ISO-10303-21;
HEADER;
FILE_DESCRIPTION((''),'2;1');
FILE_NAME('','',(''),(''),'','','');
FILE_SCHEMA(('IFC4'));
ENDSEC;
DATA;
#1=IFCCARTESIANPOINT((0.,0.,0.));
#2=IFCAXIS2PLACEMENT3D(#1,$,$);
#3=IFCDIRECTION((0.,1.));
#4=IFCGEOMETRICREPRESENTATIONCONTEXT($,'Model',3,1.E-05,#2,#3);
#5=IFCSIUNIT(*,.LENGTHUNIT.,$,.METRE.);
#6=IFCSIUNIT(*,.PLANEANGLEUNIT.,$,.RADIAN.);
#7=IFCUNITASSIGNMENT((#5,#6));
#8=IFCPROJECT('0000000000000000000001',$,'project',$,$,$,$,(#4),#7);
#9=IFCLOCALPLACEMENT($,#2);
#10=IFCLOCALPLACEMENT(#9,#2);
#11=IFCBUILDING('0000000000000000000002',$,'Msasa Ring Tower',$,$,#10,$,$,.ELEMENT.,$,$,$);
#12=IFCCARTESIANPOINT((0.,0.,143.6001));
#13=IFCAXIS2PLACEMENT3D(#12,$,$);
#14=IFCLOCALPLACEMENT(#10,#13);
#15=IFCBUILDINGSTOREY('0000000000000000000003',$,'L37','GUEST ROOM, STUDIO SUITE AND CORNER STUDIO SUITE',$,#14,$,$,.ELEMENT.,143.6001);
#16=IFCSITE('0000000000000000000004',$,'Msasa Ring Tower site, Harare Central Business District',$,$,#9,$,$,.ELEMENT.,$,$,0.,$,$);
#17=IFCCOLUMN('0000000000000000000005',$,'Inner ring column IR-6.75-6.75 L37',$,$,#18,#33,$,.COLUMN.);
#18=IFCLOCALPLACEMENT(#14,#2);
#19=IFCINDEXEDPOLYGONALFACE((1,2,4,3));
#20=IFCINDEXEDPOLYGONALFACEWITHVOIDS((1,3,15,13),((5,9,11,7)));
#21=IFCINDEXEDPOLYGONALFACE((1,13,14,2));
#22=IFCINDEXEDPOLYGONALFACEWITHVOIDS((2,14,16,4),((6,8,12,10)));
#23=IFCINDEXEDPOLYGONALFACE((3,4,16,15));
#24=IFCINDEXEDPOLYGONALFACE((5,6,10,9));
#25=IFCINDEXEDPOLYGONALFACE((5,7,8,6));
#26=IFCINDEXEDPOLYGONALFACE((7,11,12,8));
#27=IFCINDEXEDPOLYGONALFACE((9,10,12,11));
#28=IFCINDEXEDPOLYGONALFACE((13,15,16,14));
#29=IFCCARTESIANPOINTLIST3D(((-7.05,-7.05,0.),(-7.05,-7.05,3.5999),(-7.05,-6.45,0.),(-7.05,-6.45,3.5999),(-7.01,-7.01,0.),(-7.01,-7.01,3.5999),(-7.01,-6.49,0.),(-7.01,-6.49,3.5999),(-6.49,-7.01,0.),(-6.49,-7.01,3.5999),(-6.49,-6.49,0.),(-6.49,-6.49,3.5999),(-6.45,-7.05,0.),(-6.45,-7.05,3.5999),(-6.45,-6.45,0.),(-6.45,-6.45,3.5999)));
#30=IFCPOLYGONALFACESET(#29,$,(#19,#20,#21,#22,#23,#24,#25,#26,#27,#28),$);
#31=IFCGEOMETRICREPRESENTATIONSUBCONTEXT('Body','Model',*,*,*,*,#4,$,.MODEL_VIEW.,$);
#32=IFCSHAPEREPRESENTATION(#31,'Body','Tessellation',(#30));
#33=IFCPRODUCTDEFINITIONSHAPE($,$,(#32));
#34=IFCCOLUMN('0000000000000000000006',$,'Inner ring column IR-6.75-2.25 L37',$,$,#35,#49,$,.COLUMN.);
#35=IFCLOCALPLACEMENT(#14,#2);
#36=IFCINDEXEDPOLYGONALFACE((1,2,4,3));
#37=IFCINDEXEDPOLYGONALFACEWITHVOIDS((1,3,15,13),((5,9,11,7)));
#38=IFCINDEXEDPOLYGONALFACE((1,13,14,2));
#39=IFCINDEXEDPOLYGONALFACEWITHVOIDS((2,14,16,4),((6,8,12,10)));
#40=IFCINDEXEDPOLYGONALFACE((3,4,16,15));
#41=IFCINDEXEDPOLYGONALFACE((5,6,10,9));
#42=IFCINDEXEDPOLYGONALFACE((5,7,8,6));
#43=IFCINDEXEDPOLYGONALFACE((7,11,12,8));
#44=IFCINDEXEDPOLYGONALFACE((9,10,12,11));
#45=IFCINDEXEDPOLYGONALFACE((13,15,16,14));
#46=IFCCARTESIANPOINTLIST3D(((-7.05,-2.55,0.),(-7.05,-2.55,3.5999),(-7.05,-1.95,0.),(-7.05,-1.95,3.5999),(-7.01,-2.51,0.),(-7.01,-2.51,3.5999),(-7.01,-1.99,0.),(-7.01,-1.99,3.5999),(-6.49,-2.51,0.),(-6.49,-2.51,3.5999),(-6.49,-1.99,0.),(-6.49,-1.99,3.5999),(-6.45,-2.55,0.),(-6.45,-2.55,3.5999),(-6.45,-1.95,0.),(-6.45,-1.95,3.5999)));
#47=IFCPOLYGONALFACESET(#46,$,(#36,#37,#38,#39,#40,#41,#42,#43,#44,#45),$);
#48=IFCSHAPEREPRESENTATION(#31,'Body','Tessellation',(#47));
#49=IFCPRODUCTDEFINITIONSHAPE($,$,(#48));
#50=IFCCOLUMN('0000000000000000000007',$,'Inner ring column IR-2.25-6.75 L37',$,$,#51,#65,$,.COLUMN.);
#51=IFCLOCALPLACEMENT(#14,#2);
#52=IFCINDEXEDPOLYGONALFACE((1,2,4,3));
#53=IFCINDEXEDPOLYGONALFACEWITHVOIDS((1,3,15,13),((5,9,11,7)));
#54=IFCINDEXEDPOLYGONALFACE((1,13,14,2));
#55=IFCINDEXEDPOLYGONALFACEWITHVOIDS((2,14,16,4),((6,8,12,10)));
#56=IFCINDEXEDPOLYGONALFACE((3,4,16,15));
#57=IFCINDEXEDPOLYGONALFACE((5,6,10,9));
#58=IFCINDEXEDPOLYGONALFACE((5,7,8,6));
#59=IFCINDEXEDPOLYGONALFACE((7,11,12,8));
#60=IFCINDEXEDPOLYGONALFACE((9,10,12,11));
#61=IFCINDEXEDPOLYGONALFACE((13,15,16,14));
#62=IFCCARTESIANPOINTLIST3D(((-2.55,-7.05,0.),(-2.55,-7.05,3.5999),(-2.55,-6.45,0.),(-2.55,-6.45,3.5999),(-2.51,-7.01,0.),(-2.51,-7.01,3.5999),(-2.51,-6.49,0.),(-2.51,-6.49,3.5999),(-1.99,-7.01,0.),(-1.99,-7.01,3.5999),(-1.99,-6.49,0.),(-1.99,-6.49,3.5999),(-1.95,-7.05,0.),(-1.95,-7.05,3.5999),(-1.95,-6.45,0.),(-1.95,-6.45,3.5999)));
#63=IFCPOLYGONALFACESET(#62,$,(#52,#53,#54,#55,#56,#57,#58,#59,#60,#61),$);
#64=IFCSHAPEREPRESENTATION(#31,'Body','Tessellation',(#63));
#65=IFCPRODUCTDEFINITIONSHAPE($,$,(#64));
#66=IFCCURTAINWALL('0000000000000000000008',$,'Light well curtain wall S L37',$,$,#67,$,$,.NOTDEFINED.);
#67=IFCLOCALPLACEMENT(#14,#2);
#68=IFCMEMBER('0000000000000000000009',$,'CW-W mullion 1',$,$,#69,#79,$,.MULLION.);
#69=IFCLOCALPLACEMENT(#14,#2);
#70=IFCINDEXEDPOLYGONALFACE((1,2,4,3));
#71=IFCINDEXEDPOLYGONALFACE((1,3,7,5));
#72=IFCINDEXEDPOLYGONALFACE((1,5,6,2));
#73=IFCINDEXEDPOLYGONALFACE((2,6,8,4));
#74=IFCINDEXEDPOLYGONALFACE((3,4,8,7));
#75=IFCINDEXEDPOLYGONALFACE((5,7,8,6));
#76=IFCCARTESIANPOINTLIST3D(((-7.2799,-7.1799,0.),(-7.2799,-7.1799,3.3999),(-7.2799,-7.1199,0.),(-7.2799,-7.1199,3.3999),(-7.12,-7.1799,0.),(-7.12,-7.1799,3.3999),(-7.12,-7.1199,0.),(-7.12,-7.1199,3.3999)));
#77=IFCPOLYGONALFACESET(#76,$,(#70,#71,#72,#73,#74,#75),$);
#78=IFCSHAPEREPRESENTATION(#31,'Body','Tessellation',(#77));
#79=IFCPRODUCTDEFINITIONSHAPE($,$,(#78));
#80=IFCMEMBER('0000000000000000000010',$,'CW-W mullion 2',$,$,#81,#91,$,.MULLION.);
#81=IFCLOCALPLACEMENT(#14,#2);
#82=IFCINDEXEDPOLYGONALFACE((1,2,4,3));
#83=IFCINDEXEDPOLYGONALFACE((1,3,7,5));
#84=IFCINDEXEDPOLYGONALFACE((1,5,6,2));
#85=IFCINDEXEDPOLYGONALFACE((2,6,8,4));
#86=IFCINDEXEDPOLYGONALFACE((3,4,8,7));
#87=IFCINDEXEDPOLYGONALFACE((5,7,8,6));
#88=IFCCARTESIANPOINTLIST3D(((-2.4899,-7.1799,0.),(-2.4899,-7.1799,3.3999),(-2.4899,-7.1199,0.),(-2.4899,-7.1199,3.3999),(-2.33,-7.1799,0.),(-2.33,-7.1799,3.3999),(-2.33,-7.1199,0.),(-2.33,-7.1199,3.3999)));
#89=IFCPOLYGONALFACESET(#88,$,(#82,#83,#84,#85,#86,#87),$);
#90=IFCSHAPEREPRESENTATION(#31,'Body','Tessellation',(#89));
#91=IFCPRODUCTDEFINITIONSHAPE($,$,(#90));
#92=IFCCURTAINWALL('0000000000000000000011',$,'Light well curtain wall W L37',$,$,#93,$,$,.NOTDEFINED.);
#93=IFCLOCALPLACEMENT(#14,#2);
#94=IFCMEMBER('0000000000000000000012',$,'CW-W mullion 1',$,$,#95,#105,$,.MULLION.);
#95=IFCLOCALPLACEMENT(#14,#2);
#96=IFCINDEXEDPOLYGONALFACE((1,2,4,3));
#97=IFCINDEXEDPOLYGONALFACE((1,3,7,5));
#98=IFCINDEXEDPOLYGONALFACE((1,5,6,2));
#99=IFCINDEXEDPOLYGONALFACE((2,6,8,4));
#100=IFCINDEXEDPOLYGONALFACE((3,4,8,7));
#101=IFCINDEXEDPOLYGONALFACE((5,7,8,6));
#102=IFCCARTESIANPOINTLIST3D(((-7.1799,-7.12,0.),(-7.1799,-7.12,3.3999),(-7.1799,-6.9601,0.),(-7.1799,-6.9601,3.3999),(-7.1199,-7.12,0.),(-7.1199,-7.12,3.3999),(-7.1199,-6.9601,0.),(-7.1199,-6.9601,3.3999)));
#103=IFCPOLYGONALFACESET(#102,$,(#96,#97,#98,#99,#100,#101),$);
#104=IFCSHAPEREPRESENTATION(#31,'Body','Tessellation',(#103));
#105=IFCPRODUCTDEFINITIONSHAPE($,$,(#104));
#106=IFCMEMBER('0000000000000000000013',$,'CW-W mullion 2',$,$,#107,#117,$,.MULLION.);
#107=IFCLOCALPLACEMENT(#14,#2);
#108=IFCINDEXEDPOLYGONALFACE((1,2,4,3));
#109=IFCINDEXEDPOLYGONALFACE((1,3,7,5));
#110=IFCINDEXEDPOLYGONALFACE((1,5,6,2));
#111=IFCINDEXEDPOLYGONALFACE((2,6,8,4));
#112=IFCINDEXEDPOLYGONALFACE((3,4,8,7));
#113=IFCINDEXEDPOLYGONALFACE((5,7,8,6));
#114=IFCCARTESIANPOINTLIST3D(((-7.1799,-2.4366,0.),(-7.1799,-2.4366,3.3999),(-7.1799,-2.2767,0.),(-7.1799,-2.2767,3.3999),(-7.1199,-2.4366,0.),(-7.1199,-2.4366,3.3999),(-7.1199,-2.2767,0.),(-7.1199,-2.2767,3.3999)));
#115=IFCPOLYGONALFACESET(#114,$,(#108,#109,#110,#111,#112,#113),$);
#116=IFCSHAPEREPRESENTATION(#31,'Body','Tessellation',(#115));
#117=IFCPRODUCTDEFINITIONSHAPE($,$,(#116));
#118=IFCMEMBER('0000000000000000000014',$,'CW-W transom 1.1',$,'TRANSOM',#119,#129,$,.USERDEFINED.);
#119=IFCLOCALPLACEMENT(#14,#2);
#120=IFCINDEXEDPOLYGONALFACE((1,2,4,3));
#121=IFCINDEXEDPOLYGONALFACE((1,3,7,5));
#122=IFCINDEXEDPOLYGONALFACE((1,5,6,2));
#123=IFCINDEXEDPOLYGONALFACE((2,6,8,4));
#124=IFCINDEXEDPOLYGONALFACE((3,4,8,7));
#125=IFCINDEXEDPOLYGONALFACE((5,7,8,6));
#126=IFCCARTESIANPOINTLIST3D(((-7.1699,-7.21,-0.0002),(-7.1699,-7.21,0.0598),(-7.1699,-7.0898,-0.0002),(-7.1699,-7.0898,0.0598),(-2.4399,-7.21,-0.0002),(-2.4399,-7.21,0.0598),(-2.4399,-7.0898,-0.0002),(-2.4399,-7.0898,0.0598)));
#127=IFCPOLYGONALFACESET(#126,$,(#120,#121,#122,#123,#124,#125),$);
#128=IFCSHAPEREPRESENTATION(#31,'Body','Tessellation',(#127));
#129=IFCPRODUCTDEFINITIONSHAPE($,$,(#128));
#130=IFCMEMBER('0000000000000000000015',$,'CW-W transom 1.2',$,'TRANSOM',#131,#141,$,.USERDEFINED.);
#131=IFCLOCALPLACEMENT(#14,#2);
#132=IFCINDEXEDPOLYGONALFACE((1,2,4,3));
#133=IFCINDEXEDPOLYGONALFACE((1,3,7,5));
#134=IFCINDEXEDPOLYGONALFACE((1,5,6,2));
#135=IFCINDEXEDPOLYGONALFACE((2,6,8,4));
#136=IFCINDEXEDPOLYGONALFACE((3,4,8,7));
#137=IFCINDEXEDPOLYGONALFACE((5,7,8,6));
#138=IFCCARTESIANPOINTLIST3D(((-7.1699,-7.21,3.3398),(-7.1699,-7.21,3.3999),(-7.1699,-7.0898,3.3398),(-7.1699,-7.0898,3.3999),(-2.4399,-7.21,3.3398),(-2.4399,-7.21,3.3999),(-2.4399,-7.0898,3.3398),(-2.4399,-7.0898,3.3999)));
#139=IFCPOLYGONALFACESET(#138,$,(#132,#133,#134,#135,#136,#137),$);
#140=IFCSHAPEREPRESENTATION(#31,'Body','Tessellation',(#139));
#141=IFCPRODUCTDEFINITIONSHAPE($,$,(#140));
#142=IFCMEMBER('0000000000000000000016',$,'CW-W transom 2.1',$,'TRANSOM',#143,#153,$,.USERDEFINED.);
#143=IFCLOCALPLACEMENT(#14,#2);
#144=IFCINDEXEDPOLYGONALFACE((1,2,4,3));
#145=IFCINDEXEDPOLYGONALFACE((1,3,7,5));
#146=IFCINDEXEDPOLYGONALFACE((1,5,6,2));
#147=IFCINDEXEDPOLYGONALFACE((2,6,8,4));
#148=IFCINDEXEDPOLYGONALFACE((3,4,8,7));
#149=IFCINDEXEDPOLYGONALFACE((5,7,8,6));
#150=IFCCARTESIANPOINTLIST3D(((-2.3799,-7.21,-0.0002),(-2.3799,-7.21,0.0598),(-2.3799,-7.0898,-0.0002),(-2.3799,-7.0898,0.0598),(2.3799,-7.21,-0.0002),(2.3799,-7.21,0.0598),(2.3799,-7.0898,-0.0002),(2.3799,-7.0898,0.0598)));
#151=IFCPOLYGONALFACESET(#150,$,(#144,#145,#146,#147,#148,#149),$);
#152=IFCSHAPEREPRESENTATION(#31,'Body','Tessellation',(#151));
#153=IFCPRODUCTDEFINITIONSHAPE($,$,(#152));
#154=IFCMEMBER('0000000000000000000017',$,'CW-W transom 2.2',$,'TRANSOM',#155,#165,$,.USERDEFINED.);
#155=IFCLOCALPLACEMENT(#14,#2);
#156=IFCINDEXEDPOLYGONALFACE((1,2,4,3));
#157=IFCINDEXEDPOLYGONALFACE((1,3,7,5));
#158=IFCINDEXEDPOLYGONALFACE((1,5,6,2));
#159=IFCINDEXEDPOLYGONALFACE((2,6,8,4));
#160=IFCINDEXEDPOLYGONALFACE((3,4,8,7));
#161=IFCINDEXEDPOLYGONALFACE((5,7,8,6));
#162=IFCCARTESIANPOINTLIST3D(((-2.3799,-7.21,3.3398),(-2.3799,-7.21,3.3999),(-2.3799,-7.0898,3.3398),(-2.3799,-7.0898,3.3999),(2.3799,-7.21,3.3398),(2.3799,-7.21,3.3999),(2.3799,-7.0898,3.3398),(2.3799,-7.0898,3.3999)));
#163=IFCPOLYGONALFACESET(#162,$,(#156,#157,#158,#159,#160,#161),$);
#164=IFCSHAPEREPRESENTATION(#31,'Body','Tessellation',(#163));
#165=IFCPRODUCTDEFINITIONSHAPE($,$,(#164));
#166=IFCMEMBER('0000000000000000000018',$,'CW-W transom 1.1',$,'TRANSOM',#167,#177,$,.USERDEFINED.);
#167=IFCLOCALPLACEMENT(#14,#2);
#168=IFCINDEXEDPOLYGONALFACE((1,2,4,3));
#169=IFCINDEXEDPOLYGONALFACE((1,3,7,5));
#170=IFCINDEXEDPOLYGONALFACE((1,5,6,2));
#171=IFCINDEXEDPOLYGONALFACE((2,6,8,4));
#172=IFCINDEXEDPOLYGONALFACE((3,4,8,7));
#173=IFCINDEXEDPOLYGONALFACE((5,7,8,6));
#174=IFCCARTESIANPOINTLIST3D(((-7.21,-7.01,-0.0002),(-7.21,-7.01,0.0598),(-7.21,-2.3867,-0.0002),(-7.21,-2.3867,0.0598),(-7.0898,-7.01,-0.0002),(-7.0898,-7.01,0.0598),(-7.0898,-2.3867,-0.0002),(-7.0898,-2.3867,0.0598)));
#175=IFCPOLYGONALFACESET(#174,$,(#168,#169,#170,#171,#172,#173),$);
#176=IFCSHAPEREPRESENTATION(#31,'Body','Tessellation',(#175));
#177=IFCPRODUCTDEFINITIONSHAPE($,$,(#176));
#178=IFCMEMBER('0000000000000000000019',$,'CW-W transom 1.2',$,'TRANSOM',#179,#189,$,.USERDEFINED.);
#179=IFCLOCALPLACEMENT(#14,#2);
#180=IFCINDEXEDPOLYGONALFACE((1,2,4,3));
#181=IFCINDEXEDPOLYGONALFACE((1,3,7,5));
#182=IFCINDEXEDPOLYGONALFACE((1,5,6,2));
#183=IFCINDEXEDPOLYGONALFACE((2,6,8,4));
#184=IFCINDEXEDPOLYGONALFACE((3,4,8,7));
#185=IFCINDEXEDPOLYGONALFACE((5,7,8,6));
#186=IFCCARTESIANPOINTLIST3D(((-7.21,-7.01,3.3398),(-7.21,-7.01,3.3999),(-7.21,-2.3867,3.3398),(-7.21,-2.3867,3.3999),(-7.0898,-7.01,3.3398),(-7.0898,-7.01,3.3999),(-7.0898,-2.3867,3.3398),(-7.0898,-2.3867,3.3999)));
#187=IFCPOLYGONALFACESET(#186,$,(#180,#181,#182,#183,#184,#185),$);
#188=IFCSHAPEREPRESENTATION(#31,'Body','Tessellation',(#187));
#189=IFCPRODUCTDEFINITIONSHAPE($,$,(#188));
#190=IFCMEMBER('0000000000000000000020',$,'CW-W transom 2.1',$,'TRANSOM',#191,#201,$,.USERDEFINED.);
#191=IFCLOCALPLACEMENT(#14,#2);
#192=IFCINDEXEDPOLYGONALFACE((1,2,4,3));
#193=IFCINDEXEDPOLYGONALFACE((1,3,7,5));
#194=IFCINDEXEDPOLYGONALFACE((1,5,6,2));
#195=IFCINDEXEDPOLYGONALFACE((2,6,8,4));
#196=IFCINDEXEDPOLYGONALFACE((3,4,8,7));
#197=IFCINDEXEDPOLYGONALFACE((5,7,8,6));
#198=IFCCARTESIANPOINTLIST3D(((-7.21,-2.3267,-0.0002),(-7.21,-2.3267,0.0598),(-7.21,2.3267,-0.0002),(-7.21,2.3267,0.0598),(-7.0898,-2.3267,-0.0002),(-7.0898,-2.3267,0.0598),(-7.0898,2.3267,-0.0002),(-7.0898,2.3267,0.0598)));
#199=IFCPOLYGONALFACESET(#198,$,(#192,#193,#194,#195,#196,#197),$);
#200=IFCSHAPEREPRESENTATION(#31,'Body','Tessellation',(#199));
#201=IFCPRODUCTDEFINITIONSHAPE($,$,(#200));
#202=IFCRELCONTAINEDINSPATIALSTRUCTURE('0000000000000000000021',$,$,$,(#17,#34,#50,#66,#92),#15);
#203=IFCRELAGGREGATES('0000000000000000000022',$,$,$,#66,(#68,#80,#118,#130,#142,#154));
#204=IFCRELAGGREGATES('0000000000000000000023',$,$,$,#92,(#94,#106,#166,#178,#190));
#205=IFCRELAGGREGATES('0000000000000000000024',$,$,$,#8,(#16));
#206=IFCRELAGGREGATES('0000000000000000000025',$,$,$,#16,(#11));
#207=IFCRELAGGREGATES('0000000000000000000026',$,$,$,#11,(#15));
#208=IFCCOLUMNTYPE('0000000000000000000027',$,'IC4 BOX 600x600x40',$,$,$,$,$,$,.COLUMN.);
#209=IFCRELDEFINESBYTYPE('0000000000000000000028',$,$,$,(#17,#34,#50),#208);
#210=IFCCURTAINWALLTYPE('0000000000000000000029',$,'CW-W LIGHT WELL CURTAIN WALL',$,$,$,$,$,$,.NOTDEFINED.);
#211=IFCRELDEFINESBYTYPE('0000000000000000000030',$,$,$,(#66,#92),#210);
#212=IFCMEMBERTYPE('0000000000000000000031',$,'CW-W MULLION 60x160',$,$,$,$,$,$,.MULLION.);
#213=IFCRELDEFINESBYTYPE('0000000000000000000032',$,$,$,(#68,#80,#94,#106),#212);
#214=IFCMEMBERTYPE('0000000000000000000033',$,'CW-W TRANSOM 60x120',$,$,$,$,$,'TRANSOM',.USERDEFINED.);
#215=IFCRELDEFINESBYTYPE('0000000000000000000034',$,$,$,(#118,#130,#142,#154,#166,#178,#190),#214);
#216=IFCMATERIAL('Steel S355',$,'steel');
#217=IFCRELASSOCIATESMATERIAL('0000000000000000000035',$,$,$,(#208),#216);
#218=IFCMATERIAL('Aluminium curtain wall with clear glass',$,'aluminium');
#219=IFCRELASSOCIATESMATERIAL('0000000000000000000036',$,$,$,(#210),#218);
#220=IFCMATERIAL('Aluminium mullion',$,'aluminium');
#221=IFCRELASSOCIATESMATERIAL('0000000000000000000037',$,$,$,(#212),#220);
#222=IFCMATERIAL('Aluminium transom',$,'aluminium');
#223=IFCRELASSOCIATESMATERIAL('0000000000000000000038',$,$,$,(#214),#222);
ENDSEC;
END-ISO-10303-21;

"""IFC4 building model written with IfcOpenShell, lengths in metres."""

from ifc_helpers import new_model, si_unit, direction, frame, origin, origin_2d, place, context, subcontext, project, spatial, rectangle, hollow_rectangle, extrude, material, material_profile, profile_set, type_object, element, aggregate, save


model = new_model("IFC4")

# Units and contexts
model_context = context("Model", 3, precision=1e-05, world=origin(), true_north=direction((0.0, 1.0)))
body_context = subcontext(model_context, "Body", "Model", "MODEL_VIEW")
ifc_project = project(units=[si_unit("LENGTHUNIT", "METRE"), si_unit("PLANEANGLEUNIT", "RADIAN")], contexts=[model_context])

# Site, building, storey
site_placement = place(None, origin())
site = spatial("IfcSite", under=ifc_project, at=site_placement, Name="Msasa Ring Tower site, Harare Central Business District", CompositionType="ELEMENT", RefElevation=0.0)
building_placement = place(site_placement, origin())
building = spatial("IfcBuilding", under=site, at=building_placement, Name="Msasa Ring Tower", CompositionType="ELEMENT")
storey_placement = place(building_placement, frame((0.0, 0.0, 143.6001)))
storey = spatial("IfcBuildingStorey", under=building, at=storey_placement, Name="L37", Description="GUEST ROOM, STUDIO SUITE AND CORNER STUDIO SUITE", CompositionType="ELEMENT", Elevation=143.6001)

# Columns
ifc_material_1 = material(Name="Steel S355", Category="steel")
ifc_material_profile_1 = material_profile(ifc_material_1, hollow_rectangle(XDim=0.6001, YDim=0.6001, WallThickness=0.04, at=origin_2d()), Name="BOX 600x600x40")
ifc_profile_set_1 = profile_set([ifc_material_profile_1], Name="Steel S355")
column_type = type_object("IfcColumnType", Name="IC4 BOX 600x600x40", PredefinedType="COLUMN", material=ifc_profile_set_1)
for number, where, z_axis, x_axis, name in (
    (1, (-6.75, -6.75, 0.0), (0.0, 0.0, 1.0), (1.0, 0.0, 0.0), "Inner ring column IR-6.75-6.75 L37"),
    (2, (-6.75, -2.25, 0.0), (0.0, 0.0, 1.0), (1.0, 0.0, 0.0), "Inner ring column IR-6.75-2.25 L37"),
    (3, (-2.25, -6.75, 0.0), (0.0, 0.0, 1.0), (1.0, 0.0, 0.0), "Inner ring column IR-2.25-6.75 L37"),
):
    element("IfcColumn", number, at=place(storey_placement, frame(where, z_axis=z_axis, x_axis=x_axis)), inside=storey, type_object=column_type, Name=name, PredefinedType="COLUMN", context=body_context, shape_type="SweptSolid", body=[
        extrude(hollow_rectangle(XDim=0.6001, YDim=0.6001, WallThickness=0.04, at=origin_2d()), origin(), (0.0, 0.0, 1.0), 3.5999),
    ])

# Curtain walls, members
ifc_material_2 = material(Name="Aluminium curtain wall with clear glass", Category="aluminium")
curtain_wall_type = type_object("IfcCurtainWallType", Name="CW-W LIGHT WELL CURTAIN WALL", PredefinedType="NOTDEFINED", material=ifc_material_2)
curtain_wall_1_placement = place(storey_placement, origin())
curtain_wall_1 = element("IfcCurtainWall", 4, at=curtain_wall_1_placement, inside=storey, type_object=curtain_wall_type, Name="Light well curtain wall S L37", PredefinedType="NOTDEFINED")
ifc_material_3 = material(Name="Aluminium mullion", Category="aluminium")
ifc_material_profile_2 = material_profile(ifc_material_3, rectangle(XDim=0.0601, YDim=0.1599, at=origin_2d()), Name="AL 60x160")
ifc_profile_set_2 = profile_set([ifc_material_profile_2], Name="Aluminium mullion")
member_type_1 = type_object("IfcMemberType", Name="CW-W MULLION 60x160", PredefinedType="MULLION", material=ifc_profile_set_2)
member_1_placement = place(storey_placement, frame((-7.2, -7.1499, 0.0), z_axis=(0.0, 0.0, 1.0), x_axis=(0.0, 1.0, 0.0)))
member_1 = element("IfcMember", 5, at=member_1_placement, type_object=member_type_1, Name="CW-W mullion 1", PredefinedType="MULLION", context=body_context, shape_type="SweptSolid", body=[
    extrude(rectangle(XDim=0.0601, YDim=0.1599, at=origin_2d()), origin(), (0.0, 0.0, 1.0), 3.3999),
])
member_2_placement = place(storey_placement, frame((-2.4099, -7.1499, 0.0), z_axis=(0.0, 0.0, 1.0), x_axis=(0.0, 1.0, 0.0)))
member_2 = element("IfcMember", 6, at=member_2_placement, type_object=member_type_1, Name="CW-W mullion 2", PredefinedType="MULLION", context=body_context, shape_type="SweptSolid", body=[
    extrude(rectangle(XDim=0.0601, YDim=0.1599, at=origin_2d()), origin(), (0.0, 0.0, 1.0), 3.3999),
])
curtain_wall_2_placement = place(storey_placement, origin())
curtain_wall_2 = element("IfcCurtainWall", 7, at=curtain_wall_2_placement, inside=storey, type_object=curtain_wall_type, Name="Light well curtain wall W L37", PredefinedType="NOTDEFINED")
member_3_placement = place(storey_placement, frame((-7.1499, -7.04, 0.0), z_axis=(0.0, 0.0, 1.0), x_axis=(-1.0, 0.0, 0.0)))
member_3 = element("IfcMember", 8, at=member_3_placement, type_object=member_type_1, Name="CW-W mullion 1", PredefinedType="MULLION", context=body_context, shape_type="SweptSolid", body=[
    extrude(rectangle(XDim=0.0601, YDim=0.1599, at=origin_2d()), origin(), (0.0, 0.0, 1.0), 3.3999),
])
member_4_placement = place(storey_placement, frame((-7.1499, -2.3567, 0.0), z_axis=(0.0, 0.0, 1.0), x_axis=(-1.0, 0.0, 0.0)))
member_4 = element("IfcMember", 9, at=member_4_placement, type_object=member_type_1, Name="CW-W mullion 2", PredefinedType="MULLION", context=body_context, shape_type="SweptSolid", body=[
    extrude(rectangle(XDim=0.0601, YDim=0.1599, at=origin_2d()), origin(), (0.0, 0.0, 1.0), 3.3999),
])

# Members
ifc_material_4 = material(Name="Aluminium transom", Category="aluminium")
ifc_material_profile_3 = material_profile(ifc_material_4, rectangle(XDim=0.1201, YDim=0.0601, at=origin_2d()), Name="AL 60x120")
ifc_profile_set_3 = profile_set([ifc_material_profile_3], Name="Aluminium transom")
member_type_2 = type_object("IfcMemberType", Name="CW-W TRANSOM 60x120", ElementType="TRANSOM", PredefinedType="USERDEFINED", material=ifc_profile_set_3)
member_5_placement = place(storey_placement, frame((-7.1699, -7.1499, 0.0298), z_axis=(1.0, 0.0, 0.0), x_axis=(0.0, 1.0, 0.0)))
member_5 = element("IfcMember", 10, at=member_5_placement, type_object=member_type_2, Name="CW-W transom 1.1", ObjectType="TRANSOM", PredefinedType="USERDEFINED", context=body_context, shape_type="SweptSolid", body=[
    extrude(rectangle(XDim=0.1201, YDim=0.0601, at=origin_2d()), origin(), (0.0, 0.0, 1.0), 4.73),
])
member_6_placement = place(storey_placement, frame((-7.1699, -7.1499, 3.3699), z_axis=(1.0, 0.0, 0.0), x_axis=(0.0, 1.0, 0.0)))
member_6 = element("IfcMember", 11, at=member_6_placement, type_object=member_type_2, Name="CW-W transom 1.2", ObjectType="TRANSOM", PredefinedType="USERDEFINED", context=body_context, shape_type="SweptSolid", body=[
    extrude(rectangle(XDim=0.1201, YDim=0.0601, at=origin_2d()), origin(), (0.0, 0.0, 1.0), 4.73),
])
member_7_placement = place(storey_placement, frame((-2.3799, -7.1499, 0.0298), z_axis=(1.0, 0.0, 0.0), x_axis=(0.0, 1.0, 0.0)))
member_7 = element("IfcMember", 12, at=member_7_placement, type_object=member_type_2, Name="CW-W transom 2.1", ObjectType="TRANSOM", PredefinedType="USERDEFINED", context=body_context, shape_type="SweptSolid", body=[
    extrude(rectangle(XDim=0.1201, YDim=0.0601, at=origin_2d()), origin(), (0.0, 0.0, 1.0), 4.7598),
])
member_8_placement = place(storey_placement, frame((-2.3799, -7.1499, 3.3699), z_axis=(1.0, 0.0, 0.0), x_axis=(0.0, 1.0, 0.0)))
member_8 = element("IfcMember", 13, at=member_8_placement, type_object=member_type_2, Name="CW-W transom 2.2", ObjectType="TRANSOM", PredefinedType="USERDEFINED", context=body_context, shape_type="SweptSolid", body=[
    extrude(rectangle(XDim=0.1201, YDim=0.0601, at=origin_2d()), origin(), (0.0, 0.0, 1.0), 4.7598),
])
member_9_placement = place(storey_placement, frame((-7.1499, -7.01, 0.0298), z_axis=(0.0, 1.0, 0.0), x_axis=(-1.0, 0.0, 0.0)))
member_9 = element("IfcMember", 14, at=member_9_placement, type_object=member_type_2, Name="CW-W transom 1.1", ObjectType="TRANSOM", PredefinedType="USERDEFINED", context=body_context, shape_type="SweptSolid", body=[
    extrude(rectangle(XDim=0.1201, YDim=0.0601, at=origin_2d()), origin(), (0.0, 0.0, 1.0), 4.6233),
])
member_10_placement = place(storey_placement, frame((-7.1499, -7.01, 3.3699), z_axis=(0.0, 1.0, 0.0), x_axis=(-1.0, 0.0, 0.0)))
member_10 = element("IfcMember", 15, at=member_10_placement, type_object=member_type_2, Name="CW-W transom 1.2", ObjectType="TRANSOM", PredefinedType="USERDEFINED", context=body_context, shape_type="SweptSolid", body=[
    extrude(rectangle(XDim=0.1201, YDim=0.0601, at=origin_2d()), origin(), (0.0, 0.0, 1.0), 4.6233),
])
member_11_placement = place(storey_placement, frame((-7.1499, -2.3267, 0.0298), z_axis=(0.0, 1.0, 0.0), x_axis=(-1.0, 0.0, 0.0)))
member_11 = element("IfcMember", 16, at=member_11_placement, type_object=member_type_2, Name="CW-W transom 2.1", ObjectType="TRANSOM", PredefinedType="USERDEFINED", context=body_context, shape_type="SweptSolid", body=[
    extrude(rectangle(XDim=0.1201, YDim=0.0601, at=origin_2d()), origin(), (0.0, 0.0, 1.0), 4.6533),
])

aggregate(curtain_wall_1, [member_1, member_2, member_5, member_6, member_7, member_8])
aggregate(curtain_wall_2, [member_3, member_4, member_9, member_10, member_11])

save(model, "model.ifc")
